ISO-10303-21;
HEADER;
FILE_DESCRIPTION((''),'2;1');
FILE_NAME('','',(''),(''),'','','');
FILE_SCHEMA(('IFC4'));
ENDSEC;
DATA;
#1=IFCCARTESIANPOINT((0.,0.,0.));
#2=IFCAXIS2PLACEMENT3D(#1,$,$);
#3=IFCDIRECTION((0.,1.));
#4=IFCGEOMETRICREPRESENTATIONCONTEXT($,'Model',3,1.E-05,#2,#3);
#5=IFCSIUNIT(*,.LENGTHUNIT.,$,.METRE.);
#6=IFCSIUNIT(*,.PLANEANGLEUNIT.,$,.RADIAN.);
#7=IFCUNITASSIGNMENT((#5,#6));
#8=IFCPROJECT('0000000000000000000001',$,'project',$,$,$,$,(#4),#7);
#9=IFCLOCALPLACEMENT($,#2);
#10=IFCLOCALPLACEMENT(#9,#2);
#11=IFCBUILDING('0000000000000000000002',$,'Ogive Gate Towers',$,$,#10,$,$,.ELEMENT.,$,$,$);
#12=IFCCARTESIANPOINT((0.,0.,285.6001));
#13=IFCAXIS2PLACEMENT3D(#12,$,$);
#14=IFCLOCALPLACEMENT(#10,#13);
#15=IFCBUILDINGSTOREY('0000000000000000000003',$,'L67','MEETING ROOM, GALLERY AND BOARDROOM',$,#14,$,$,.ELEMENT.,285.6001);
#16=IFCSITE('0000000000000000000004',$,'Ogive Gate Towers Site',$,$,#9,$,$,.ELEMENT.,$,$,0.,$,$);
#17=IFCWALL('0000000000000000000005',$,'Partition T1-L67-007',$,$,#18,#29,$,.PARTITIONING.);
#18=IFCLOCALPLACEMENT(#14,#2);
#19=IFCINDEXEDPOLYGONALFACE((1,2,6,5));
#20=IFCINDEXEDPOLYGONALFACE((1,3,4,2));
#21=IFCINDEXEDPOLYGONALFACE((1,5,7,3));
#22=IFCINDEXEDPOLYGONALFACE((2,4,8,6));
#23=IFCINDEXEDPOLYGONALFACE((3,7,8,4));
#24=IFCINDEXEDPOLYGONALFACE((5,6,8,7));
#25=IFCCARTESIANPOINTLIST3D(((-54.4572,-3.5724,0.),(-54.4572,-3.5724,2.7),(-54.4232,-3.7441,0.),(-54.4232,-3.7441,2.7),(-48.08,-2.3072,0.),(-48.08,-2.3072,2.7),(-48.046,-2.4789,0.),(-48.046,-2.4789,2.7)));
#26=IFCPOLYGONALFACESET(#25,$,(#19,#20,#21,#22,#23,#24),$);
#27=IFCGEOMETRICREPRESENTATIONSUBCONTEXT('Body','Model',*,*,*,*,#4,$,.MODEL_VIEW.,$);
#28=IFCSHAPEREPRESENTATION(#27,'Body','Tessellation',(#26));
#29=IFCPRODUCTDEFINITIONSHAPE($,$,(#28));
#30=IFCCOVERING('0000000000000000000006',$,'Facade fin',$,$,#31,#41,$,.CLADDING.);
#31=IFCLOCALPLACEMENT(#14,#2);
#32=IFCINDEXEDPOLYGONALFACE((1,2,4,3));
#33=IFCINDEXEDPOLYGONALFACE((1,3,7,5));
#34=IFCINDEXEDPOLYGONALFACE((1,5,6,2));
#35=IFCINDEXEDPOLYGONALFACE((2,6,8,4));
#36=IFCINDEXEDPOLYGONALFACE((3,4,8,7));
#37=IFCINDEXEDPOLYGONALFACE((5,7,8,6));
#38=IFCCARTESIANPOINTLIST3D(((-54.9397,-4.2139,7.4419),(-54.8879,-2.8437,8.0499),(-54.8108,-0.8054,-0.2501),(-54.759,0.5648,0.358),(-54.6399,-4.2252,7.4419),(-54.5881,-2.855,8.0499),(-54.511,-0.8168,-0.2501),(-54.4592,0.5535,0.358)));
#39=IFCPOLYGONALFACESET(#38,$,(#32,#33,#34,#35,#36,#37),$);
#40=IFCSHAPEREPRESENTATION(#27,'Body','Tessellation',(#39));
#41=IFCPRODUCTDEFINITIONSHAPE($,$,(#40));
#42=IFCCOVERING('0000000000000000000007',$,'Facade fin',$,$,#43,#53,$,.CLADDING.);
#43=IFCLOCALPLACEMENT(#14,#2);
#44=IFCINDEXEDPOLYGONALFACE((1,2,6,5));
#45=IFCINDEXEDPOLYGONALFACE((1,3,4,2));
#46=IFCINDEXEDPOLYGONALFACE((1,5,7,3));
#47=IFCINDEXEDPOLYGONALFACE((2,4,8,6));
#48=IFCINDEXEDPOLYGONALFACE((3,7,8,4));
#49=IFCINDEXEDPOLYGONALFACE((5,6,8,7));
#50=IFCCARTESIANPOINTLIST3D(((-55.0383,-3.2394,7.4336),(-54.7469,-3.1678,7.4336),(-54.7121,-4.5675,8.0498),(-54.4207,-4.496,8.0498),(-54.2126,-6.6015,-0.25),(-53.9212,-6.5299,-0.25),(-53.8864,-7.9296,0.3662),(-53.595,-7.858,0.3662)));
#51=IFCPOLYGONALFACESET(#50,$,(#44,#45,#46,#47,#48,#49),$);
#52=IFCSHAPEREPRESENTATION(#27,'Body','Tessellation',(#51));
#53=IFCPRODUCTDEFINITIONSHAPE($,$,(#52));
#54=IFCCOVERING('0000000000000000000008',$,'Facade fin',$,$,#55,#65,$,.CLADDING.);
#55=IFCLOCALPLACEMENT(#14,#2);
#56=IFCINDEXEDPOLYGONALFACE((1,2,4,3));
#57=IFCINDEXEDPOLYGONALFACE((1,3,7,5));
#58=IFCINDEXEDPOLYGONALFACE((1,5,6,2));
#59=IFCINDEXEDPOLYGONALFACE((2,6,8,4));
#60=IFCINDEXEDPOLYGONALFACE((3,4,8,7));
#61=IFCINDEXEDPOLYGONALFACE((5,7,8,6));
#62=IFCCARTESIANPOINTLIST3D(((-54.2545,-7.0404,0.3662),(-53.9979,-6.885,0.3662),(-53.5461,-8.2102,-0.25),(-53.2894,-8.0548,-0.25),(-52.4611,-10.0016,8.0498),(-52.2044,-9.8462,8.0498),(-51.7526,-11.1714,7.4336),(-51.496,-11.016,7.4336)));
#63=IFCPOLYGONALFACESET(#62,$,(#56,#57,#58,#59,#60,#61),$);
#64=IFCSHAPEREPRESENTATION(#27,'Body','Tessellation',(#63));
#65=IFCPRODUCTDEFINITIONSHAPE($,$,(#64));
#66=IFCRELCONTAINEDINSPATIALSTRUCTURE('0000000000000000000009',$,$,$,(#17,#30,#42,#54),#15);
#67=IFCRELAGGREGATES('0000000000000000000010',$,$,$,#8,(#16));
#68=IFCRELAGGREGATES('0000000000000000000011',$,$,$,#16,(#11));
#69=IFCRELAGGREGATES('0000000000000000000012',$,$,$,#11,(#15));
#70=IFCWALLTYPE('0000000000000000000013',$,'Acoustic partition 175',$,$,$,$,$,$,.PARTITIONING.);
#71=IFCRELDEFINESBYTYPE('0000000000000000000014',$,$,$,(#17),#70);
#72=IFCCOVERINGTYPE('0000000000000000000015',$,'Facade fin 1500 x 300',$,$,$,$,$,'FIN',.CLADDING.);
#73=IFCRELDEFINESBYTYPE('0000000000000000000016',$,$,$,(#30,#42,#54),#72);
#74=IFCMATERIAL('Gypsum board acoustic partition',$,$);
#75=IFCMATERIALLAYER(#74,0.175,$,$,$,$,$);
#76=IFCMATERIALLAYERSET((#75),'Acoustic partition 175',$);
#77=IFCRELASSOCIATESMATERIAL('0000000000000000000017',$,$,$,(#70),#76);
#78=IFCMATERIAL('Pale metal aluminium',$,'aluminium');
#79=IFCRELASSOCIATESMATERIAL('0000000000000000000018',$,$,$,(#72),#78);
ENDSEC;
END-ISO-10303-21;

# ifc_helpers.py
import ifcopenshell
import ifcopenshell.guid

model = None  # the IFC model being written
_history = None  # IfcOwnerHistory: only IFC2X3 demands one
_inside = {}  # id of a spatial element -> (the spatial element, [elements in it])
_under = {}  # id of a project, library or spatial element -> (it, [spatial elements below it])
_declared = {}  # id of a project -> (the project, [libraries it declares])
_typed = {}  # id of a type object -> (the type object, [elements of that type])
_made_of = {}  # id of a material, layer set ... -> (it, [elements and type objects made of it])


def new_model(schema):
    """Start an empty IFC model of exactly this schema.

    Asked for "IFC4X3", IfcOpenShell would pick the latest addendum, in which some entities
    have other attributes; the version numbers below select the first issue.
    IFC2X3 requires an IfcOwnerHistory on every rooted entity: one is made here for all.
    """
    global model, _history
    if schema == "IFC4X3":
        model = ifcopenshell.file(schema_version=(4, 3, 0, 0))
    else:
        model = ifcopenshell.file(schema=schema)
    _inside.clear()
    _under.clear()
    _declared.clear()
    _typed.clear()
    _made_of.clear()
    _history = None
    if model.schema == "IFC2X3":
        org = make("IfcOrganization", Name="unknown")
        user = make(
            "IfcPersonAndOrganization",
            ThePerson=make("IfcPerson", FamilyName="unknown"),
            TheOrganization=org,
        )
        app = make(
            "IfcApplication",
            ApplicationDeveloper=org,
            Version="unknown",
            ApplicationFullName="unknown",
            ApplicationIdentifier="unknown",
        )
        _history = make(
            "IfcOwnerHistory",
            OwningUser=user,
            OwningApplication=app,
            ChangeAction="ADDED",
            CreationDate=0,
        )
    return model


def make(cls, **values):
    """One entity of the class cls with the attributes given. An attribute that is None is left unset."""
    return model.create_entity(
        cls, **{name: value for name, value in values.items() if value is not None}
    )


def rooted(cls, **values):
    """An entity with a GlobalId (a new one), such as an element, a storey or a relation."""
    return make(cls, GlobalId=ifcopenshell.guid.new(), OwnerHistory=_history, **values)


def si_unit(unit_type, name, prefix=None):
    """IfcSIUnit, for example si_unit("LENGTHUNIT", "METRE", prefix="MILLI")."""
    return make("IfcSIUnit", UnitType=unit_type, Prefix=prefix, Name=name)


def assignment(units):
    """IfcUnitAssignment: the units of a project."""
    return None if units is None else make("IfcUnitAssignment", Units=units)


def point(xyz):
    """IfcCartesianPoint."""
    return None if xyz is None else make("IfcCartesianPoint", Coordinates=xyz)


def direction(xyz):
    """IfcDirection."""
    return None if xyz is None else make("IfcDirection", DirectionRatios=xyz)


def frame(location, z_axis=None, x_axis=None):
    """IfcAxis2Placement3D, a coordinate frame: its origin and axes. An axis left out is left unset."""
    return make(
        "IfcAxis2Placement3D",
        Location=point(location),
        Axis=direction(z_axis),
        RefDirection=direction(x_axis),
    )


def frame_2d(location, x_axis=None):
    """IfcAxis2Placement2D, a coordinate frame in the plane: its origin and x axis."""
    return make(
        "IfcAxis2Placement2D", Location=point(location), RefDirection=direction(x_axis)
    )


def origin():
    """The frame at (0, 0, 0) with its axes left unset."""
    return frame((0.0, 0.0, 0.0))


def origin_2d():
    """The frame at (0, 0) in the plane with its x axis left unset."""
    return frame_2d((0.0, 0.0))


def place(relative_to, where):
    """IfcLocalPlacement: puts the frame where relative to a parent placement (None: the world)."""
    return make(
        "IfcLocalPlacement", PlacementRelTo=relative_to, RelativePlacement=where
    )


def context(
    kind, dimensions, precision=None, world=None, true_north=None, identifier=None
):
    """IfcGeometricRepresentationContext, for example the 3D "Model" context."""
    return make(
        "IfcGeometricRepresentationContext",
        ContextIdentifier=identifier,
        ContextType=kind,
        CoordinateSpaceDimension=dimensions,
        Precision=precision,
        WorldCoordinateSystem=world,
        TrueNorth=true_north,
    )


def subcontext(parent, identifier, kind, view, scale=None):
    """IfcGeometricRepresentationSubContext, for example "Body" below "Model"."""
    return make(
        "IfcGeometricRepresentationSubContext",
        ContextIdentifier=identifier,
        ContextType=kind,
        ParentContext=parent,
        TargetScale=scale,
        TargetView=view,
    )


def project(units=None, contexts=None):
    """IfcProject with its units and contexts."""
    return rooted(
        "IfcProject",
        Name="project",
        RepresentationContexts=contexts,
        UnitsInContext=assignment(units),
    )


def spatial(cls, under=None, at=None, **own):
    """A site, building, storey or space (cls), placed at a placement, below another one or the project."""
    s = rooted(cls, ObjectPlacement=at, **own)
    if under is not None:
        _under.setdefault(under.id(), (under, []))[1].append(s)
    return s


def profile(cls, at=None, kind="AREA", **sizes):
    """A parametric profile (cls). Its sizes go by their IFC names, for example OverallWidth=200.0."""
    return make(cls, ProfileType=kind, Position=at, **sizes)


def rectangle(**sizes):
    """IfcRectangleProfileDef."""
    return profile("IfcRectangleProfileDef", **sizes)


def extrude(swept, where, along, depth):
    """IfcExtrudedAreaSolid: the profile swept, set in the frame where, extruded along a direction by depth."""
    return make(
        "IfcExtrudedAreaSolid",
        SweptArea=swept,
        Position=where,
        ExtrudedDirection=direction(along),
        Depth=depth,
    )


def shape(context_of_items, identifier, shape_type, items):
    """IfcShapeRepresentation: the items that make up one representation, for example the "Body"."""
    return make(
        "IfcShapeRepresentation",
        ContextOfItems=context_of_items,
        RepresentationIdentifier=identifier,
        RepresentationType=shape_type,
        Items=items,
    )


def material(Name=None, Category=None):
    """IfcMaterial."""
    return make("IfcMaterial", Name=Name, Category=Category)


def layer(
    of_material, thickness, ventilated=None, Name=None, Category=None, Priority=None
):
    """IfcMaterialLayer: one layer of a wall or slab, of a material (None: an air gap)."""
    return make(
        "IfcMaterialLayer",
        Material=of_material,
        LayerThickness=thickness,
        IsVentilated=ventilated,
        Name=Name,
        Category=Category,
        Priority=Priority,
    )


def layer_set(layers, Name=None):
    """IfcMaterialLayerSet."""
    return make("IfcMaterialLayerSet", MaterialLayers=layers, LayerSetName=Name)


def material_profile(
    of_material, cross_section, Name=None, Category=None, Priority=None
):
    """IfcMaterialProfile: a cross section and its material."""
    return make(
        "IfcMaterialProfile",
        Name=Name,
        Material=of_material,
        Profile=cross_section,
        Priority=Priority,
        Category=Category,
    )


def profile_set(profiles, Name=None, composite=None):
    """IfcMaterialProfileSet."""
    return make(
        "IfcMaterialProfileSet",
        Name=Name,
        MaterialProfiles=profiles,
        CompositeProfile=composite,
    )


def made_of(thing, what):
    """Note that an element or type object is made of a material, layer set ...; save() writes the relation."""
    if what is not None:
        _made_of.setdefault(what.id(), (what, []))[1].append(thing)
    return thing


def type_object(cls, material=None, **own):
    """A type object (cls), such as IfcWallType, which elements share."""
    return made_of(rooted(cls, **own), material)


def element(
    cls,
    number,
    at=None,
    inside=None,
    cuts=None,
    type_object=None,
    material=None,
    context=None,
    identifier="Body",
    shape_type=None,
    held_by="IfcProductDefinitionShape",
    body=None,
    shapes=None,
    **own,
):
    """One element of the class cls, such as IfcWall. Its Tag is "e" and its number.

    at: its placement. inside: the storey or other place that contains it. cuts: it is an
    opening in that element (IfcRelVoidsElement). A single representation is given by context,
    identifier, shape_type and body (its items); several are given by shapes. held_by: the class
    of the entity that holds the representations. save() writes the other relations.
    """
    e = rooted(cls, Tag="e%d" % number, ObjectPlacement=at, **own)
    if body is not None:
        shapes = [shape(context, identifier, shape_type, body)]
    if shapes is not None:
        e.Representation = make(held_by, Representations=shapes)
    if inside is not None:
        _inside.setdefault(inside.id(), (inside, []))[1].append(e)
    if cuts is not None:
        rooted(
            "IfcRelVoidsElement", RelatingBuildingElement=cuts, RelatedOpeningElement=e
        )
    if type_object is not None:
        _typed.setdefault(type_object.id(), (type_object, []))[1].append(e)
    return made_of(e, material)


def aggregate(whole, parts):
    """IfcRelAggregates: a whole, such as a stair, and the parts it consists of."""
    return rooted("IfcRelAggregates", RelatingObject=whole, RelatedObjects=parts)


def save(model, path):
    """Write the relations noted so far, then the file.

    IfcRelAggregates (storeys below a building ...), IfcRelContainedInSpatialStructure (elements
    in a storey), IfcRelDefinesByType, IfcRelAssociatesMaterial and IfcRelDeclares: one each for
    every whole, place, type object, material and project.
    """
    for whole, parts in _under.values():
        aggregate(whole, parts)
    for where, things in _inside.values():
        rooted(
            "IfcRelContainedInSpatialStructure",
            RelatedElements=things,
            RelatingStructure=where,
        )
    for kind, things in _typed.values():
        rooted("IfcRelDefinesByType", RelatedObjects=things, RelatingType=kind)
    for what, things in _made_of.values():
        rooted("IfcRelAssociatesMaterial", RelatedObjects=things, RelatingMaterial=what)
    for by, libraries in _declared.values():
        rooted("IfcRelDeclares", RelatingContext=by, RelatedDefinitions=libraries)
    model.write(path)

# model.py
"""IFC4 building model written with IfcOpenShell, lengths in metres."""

from ifc_helpers import new_model, si_unit, direction, frame, frame_2d, origin, origin_2d, place, context, subcontext, project, spatial, rectangle, extrude, material, layer, layer_set, material_profile, profile_set, type_object, element, save


model = new_model("IFC4")

# Units and contexts
model_context = context("Model", 3, precision=1e-05, world=origin(), true_north=direction((0.0, 1.0)))
body_context = subcontext(model_context, "Body", "Model", "MODEL_VIEW")
ifc_project = project(units=[si_unit("LENGTHUNIT", "METRE"), si_unit("PLANEANGLEUNIT", "RADIAN")], contexts=[model_context])

# Site, building, storey
site_placement = place(None, origin())
site = spatial("IfcSite", under=ifc_project, at=site_placement, Name="Ogive Gate Towers Site", CompositionType="ELEMENT", RefElevation=0.0)
building_placement = place(site_placement, origin())
building = spatial("IfcBuilding", under=site, at=building_placement, Name="Ogive Gate Towers", CompositionType="ELEMENT")
storey_placement = place(building_placement, frame((0.0, 0.0, 285.6001)))
storey = spatial("IfcBuildingStorey", under=building, at=storey_placement, Name="L67", Description="MEETING ROOM, GALLERY AND BOARDROOM", CompositionType="ELEMENT", Elevation=285.6001)

# Shared definitions
ifc_material_1 = material(Name="Pale metal aluminium", Category="aluminium")

# Wall
ifc_material_2 = material(Name="Gypsum board acoustic partition")
ifc_layer_1 = layer(ifc_material_2, 0.175)
ifc_layer_set_1 = layer_set([ifc_layer_1], Name="Acoustic partition 175")
wall_type = type_object("IfcWallType", Name="Acoustic partition 175", PredefinedType="PARTITIONING", material=ifc_layer_set_1)
wall_placement = place(storey_placement, frame((-54.4402, -3.6582, 0.0), z_axis=(0.0, 0.0, 1.0), x_axis=(0.980884, 0.194592, 0.0)))
element("IfcWall", 1, at=wall_placement, inside=storey, type_object=wall_type, Name="Partition T1-L67-007", PredefinedType="PARTITIONING", context=body_context, shape_type="SweptSolid", body=[
    extrude(rectangle(XDim=6.5015, YDim=0.175, at=frame_2d((3.2507, 0.0))), origin(), (0.0, 0.0, 1.0), 2.7),
])

# Coverings
ifc_material_profile_1 = material_profile(ifc_material_1, rectangle(XDim=0.3, YDim=1.5, at=origin_2d()), Name="1500 x 300 pale metal aluminium")
ifc_profile_set_1 = profile_set([ifc_material_profile_1], Name="Pale metal aluminium")
covering_type = type_object("IfcCoveringType", Name="Facade fin 1500 x 300", ElementType="FIN", PredefinedType="CLADDING", material=ifc_profile_set_1)
covering_placement = place(storey_placement, frame((-54.635, -0.126, 0.054), z_axis=(-0.01532, -0.405081, 0.914152), x_axis=(0.999286, -0.037793, 0.0)))
element("IfcCovering", 2, at=covering_placement, inside=storey, type_object=covering_type, Name="Facade fin", PredefinedType="CLADDING", context=body_context, shape_type="SweptSolid", body=[
    extrude(rectangle(XDim=0.3, YDim=1.5, at=origin_2d()), origin(), (0.0, 0.0, 1.0), 8.4143),
])
for number, where, z_axis, x_axis, name in (
    (3, (-53.9038, -7.2297, 0.0581), (-0.097975, 0.398939, 0.911728), (-0.971142, -0.238501, 0.0), "Facade fin"),
    (4, (-53.772, -7.5476, 0.0581), (0.21281, -0.351371, 0.911729), (0.855351, 0.518048, 0.0), "Facade fin"),
):
    element("IfcCovering", number, at=place(storey_placement, frame(where, z_axis=z_axis, x_axis=x_axis)), inside=storey, type_object=covering_type, Name=name, PredefinedType="CLADDING", context=body_context, shape_type="SweptSolid", body=[
        extrude(rectangle(XDim=0.3, YDim=1.5, at=origin_2d()), origin(), (0.0, 0.0, 1.0), 8.4275),
    ])

save(model, "model.ifc")
